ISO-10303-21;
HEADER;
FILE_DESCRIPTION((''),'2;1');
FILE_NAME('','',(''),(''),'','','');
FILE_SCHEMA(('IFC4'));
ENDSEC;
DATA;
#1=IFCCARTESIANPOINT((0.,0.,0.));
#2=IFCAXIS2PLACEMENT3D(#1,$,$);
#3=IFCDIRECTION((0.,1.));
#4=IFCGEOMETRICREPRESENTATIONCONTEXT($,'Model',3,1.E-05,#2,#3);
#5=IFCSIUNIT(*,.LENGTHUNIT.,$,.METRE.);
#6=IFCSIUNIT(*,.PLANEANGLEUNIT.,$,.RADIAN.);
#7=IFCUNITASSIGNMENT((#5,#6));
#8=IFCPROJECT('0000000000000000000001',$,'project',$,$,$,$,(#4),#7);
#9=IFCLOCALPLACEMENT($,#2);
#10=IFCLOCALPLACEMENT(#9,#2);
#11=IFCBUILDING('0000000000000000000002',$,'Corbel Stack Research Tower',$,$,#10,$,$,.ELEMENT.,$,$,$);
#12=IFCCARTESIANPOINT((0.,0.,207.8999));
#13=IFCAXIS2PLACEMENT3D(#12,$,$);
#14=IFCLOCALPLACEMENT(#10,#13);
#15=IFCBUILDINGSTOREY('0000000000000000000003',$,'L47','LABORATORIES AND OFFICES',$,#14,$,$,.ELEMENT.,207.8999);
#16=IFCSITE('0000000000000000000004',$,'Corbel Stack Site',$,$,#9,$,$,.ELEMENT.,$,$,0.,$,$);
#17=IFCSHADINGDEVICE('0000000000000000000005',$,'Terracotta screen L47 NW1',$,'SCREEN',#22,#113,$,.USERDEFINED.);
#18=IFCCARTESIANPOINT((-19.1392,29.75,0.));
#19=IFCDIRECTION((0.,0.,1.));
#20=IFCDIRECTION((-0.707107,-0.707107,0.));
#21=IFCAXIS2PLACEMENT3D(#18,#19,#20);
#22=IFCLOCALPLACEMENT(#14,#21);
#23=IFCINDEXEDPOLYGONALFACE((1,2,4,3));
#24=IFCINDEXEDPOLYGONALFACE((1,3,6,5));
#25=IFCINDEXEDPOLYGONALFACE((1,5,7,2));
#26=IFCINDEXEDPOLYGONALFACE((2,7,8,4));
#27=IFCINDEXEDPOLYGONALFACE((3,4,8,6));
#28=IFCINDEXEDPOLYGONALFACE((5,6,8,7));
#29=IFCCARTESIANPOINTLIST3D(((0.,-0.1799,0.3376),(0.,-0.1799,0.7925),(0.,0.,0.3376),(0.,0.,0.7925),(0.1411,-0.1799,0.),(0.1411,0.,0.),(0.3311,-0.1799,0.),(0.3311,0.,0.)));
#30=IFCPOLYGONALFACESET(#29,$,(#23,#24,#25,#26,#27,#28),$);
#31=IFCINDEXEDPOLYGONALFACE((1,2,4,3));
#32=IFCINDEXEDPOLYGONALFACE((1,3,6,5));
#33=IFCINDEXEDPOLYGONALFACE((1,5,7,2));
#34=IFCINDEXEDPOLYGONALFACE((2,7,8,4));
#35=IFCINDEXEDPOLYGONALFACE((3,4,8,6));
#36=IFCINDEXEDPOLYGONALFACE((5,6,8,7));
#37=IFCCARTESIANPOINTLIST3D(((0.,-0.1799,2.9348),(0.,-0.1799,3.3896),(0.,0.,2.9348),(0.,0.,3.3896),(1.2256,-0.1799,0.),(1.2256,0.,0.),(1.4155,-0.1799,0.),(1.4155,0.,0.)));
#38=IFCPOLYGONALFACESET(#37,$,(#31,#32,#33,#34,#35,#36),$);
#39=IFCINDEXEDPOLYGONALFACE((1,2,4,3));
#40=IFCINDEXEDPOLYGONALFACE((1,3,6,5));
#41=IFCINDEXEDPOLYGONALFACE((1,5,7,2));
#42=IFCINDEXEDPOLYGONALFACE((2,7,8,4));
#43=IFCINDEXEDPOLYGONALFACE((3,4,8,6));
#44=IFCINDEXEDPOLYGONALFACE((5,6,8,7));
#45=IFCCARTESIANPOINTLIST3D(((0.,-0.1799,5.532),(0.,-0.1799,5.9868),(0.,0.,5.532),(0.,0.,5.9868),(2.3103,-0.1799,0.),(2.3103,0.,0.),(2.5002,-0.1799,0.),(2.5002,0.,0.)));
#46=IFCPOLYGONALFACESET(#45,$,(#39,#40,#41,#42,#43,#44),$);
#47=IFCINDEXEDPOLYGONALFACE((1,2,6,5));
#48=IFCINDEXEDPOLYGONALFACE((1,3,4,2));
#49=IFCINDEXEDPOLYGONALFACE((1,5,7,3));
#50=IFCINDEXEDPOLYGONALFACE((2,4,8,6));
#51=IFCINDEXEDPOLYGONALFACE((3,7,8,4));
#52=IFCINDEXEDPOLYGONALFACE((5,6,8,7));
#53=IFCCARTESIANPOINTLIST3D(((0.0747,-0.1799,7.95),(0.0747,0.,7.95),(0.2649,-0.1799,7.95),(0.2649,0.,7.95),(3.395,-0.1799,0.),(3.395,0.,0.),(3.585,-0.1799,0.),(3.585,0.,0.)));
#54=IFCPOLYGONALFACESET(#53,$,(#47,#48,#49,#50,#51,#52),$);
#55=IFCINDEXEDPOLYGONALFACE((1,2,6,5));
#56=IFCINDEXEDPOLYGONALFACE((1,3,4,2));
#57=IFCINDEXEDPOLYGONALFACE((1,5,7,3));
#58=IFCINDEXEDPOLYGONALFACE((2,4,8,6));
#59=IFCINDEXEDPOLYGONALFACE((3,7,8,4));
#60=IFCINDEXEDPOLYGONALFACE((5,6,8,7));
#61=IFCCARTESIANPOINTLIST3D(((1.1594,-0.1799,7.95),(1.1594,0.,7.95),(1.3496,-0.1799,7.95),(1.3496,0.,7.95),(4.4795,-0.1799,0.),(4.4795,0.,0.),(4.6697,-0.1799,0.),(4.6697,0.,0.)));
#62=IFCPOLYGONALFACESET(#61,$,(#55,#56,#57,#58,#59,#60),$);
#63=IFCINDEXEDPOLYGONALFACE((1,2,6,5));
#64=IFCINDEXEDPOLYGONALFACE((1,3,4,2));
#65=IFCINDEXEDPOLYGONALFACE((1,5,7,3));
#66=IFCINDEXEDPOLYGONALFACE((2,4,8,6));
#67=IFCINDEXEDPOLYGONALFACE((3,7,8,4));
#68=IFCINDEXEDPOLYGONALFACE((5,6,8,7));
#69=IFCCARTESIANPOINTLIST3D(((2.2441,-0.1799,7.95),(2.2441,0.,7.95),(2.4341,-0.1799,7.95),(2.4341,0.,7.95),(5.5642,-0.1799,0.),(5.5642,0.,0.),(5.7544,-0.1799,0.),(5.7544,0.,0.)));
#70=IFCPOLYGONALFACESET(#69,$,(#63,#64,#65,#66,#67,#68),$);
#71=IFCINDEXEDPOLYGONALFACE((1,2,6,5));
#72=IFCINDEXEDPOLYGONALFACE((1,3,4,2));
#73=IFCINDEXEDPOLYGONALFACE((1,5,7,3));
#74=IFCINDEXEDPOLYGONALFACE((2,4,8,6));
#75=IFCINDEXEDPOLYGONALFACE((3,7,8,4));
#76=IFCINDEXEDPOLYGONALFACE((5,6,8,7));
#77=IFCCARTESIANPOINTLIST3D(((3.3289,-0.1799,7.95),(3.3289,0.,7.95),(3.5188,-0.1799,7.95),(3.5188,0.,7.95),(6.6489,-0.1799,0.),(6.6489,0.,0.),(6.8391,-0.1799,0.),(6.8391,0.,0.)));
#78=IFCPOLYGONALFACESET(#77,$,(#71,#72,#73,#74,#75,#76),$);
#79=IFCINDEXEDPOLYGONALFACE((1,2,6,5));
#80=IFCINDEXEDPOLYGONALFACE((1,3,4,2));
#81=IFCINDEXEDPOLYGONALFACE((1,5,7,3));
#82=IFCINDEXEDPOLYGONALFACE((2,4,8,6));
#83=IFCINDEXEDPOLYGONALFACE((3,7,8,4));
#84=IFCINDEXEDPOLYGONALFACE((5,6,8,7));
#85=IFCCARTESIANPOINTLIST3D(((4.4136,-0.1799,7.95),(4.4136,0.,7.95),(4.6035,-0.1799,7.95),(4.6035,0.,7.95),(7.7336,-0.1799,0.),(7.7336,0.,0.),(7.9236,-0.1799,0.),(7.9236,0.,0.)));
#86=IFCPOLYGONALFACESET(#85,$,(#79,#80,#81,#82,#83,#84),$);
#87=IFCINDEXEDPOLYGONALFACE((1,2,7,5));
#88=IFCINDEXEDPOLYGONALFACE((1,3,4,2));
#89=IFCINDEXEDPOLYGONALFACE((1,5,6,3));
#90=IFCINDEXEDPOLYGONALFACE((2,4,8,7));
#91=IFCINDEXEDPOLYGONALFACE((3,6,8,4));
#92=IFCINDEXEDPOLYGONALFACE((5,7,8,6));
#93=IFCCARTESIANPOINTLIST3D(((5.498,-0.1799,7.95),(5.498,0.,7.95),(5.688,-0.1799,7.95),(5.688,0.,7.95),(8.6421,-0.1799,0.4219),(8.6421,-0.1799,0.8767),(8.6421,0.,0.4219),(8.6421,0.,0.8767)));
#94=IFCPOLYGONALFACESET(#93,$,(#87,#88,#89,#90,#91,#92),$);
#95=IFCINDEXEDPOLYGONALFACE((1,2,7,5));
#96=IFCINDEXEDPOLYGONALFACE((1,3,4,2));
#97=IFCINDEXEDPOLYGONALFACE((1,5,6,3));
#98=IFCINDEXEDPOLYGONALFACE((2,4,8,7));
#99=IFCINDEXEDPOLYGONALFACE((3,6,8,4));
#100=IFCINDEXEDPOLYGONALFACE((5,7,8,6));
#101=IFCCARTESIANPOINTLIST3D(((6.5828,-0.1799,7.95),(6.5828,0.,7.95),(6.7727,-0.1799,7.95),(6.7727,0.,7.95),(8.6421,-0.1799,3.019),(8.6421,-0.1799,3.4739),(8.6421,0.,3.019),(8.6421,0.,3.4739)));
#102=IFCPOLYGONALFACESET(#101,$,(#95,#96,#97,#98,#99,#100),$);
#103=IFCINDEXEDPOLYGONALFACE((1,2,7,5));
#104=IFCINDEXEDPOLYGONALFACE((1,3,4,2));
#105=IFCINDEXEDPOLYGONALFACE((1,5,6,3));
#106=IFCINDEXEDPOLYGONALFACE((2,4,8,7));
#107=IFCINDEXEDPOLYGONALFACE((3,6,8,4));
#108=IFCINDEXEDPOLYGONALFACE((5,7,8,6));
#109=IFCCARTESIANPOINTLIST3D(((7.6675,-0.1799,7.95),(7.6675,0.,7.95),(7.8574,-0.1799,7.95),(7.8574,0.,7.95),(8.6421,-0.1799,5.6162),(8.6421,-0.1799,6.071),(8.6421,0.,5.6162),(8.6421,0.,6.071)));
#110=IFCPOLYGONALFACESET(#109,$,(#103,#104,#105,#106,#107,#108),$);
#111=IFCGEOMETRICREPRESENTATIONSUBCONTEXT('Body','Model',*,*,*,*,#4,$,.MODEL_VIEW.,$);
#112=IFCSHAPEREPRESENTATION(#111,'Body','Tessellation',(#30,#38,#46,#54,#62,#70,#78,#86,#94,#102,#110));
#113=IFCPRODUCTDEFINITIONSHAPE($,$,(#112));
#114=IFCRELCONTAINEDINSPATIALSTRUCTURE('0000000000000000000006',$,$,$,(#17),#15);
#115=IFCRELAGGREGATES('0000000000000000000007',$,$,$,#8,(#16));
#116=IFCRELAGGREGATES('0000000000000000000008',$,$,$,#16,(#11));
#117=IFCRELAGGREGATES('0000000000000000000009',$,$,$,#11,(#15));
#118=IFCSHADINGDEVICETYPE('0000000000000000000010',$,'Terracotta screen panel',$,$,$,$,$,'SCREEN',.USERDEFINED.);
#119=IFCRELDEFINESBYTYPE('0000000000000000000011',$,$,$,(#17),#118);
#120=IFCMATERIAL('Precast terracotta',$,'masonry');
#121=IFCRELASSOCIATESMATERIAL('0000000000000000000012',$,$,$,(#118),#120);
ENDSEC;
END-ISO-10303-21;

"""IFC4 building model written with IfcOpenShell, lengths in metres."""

from ifc_helpers import new_model, si_unit, direction, frame, origin, place, context, subcontext, project, spatial, polyline, outline, extrude, source, transform, mapped, material, type_object, element, save


model = new_model("IFC4")

# Units and contexts
model_context = context("Model", 3, precision=1e-05, world=origin(), true_north=direction((0.0, 1.0)))
body_context = subcontext(model_context, "Body", "Model", "MODEL_VIEW")
ifc_project = project(units=[si_unit("LENGTHUNIT", "METRE"), si_unit("PLANEANGLEUNIT", "RADIAN")], contexts=[model_context])

# Site, building, storey
site_placement = place(None, origin())
site = spatial("IfcSite", under=ifc_project, at=site_placement, Name="Corbel Stack Site", CompositionType="ELEMENT", RefElevation=0.0)
building_placement = place(site_placement, origin())
building = spatial("IfcBuilding", under=site, at=building_placement, Name="Corbel Stack Research Tower", CompositionType="ELEMENT")
storey_placement = place(building_placement, frame((0.0, 0.0, 207.8999)))
storey = spatial("IfcBuildingStorey", under=building, at=storey_placement, Name="L47", Description="LABORATORIES AND OFFICES", CompositionType="ELEMENT", Elevation=207.8999)

# Shading device
ifc_material_1 = material(Name="Precast terracotta", Category="masonry")
shading_device_type = type_object("IfcShadingDeviceType", Name="Terracotta screen panel", ElementType="SCREEN", PredefinedType="USERDEFINED", material=ifc_material_1)
shared_shape_1 = source(origin(), body_context, "Body", "SweptSolid", [
    extrude(outline(polyline([(0.3311, 0.0), (0.0, 0.7925), (0.0, 0.3376), (0.1411, 0.0), (0.3311, 0.0)])), frame((0.0, 0.0, 0.0), z_axis=(0.0, -1.0, 0.0), x_axis=(1.0, 0.0, 0.0)), (0.0, 0.0, 1.0), 0.1799),
    extrude(outline(polyline([(1.4155, 0.0), (0.0, 3.3896), (0.0, 2.9348), (1.2256, 0.0), (1.4155, 0.0)])), frame((0.0, 0.0, 0.0), z_axis=(0.0, -1.0, 0.0), x_axis=(1.0, 0.0, 0.0)), (0.0, 0.0, 1.0), 0.1799),
    extrude(outline(polyline([(2.5002, 0.0), (0.0, 5.9868), (0.0, 5.532), (2.3103, 0.0), (2.5002, 0.0)])), frame((0.0, 0.0, 0.0), z_axis=(0.0, -1.0, 0.0), x_axis=(1.0, 0.0, 0.0)), (0.0, 0.0, 1.0), 0.1799),
    extrude(outline(polyline([(3.585, 0.0), (0.2649, 7.95), (0.0747, 7.95), (3.395, 0.0), (3.585, 0.0)])), frame((0.0, 0.0, 0.0), z_axis=(0.0, -1.0, 0.0), x_axis=(1.0, 0.0, 0.0)), (0.0, 0.0, 1.0), 0.1799),
    extrude(outline(polyline([(4.6697, 0.0), (1.3496, 7.95), (1.1594, 7.95), (4.4795, 0.0), (4.6697, 0.0)])), frame((0.0, 0.0, 0.0), z_axis=(0.0, -1.0, 0.0), x_axis=(1.0, 0.0, 0.0)), (0.0, 0.0, 1.0), 0.1799),
    extrude(outline(polyline([(5.7544, 0.0), (2.4341, 7.95), (2.2441, 7.95), (5.5642, 0.0), (5.7544, 0.0)])), frame((0.0, 0.0, 0.0), z_axis=(0.0, -1.0, 0.0), x_axis=(1.0, 0.0, 0.0)), (0.0, 0.0, 1.0), 0.1799),
    extrude(outline(polyline([(6.8391, 0.0), (3.5188, 7.95), (3.3289, 7.95), (6.6489, 0.0), (6.8391, 0.0)])), frame((0.0, 0.0, 0.0), z_axis=(0.0, -1.0, 0.0), x_axis=(1.0, 0.0, 0.0)), (0.0, 0.0, 1.0), 0.1799),
    extrude(outline(polyline([(7.9236, 0.0), (4.6035, 7.95), (4.4136, 7.95), (7.7336, 0.0), (7.9236, 0.0)])), frame((0.0, 0.0, 0.0), z_axis=(0.0, -1.0, 0.0), x_axis=(1.0, 0.0, 0.0)), (0.0, 0.0, 1.0), 0.1799),
    extrude(outline(polyline([(5.688, 7.95), (5.498, 7.95), (8.6421, 0.4219), (8.6421, 0.8767), (5.688, 7.95)])), frame((0.0, 0.0, 0.0), z_axis=(0.0, -1.0, 0.0), x_axis=(1.0, 0.0, 0.0)), (0.0, 0.0, 1.0), 0.1799),
    extrude(outline(polyline([(6.7727, 7.95), (6.5828, 7.95), (8.6421, 3.019), (8.6421, 3.4739), (6.7727, 7.95)])), frame((0.0, 0.0, 0.0), z_axis=(0.0, -1.0, 0.0), x_axis=(1.0, 0.0, 0.0)), (0.0, 0.0, 1.0), 0.1799),
    extrude(outline(polyline([(7.8574, 7.95), (7.6675, 7.95), (8.6421, 5.6162), (8.6421, 6.071), (7.8574, 7.95)])), frame((0.0, 0.0, 0.0), z_axis=(0.0, -1.0, 0.0), x_axis=(1.0, 0.0, 0.0)), (0.0, 0.0, 1.0), 0.1799),
])
shading_device_1_placement = place(storey_placement, frame((-19.1392, 29.75, 0.0), z_axis=(0.0, 0.0, 1.0), x_axis=(-0.707107, -0.707107, 0.0)))
element("IfcShadingDevice", 1, at=shading_device_1_placement, inside=storey, type_object=shading_device_type, Name="Terracotta screen L47 NW1", ObjectType="SCREEN", PredefinedType="USERDEFINED", context=body_context, shape_type="MappedRepresentation", body=[
    mapped(shared_shape_1, transform((0.0, 0.0, 0.0))),
])

save(model, "model.ifc")
